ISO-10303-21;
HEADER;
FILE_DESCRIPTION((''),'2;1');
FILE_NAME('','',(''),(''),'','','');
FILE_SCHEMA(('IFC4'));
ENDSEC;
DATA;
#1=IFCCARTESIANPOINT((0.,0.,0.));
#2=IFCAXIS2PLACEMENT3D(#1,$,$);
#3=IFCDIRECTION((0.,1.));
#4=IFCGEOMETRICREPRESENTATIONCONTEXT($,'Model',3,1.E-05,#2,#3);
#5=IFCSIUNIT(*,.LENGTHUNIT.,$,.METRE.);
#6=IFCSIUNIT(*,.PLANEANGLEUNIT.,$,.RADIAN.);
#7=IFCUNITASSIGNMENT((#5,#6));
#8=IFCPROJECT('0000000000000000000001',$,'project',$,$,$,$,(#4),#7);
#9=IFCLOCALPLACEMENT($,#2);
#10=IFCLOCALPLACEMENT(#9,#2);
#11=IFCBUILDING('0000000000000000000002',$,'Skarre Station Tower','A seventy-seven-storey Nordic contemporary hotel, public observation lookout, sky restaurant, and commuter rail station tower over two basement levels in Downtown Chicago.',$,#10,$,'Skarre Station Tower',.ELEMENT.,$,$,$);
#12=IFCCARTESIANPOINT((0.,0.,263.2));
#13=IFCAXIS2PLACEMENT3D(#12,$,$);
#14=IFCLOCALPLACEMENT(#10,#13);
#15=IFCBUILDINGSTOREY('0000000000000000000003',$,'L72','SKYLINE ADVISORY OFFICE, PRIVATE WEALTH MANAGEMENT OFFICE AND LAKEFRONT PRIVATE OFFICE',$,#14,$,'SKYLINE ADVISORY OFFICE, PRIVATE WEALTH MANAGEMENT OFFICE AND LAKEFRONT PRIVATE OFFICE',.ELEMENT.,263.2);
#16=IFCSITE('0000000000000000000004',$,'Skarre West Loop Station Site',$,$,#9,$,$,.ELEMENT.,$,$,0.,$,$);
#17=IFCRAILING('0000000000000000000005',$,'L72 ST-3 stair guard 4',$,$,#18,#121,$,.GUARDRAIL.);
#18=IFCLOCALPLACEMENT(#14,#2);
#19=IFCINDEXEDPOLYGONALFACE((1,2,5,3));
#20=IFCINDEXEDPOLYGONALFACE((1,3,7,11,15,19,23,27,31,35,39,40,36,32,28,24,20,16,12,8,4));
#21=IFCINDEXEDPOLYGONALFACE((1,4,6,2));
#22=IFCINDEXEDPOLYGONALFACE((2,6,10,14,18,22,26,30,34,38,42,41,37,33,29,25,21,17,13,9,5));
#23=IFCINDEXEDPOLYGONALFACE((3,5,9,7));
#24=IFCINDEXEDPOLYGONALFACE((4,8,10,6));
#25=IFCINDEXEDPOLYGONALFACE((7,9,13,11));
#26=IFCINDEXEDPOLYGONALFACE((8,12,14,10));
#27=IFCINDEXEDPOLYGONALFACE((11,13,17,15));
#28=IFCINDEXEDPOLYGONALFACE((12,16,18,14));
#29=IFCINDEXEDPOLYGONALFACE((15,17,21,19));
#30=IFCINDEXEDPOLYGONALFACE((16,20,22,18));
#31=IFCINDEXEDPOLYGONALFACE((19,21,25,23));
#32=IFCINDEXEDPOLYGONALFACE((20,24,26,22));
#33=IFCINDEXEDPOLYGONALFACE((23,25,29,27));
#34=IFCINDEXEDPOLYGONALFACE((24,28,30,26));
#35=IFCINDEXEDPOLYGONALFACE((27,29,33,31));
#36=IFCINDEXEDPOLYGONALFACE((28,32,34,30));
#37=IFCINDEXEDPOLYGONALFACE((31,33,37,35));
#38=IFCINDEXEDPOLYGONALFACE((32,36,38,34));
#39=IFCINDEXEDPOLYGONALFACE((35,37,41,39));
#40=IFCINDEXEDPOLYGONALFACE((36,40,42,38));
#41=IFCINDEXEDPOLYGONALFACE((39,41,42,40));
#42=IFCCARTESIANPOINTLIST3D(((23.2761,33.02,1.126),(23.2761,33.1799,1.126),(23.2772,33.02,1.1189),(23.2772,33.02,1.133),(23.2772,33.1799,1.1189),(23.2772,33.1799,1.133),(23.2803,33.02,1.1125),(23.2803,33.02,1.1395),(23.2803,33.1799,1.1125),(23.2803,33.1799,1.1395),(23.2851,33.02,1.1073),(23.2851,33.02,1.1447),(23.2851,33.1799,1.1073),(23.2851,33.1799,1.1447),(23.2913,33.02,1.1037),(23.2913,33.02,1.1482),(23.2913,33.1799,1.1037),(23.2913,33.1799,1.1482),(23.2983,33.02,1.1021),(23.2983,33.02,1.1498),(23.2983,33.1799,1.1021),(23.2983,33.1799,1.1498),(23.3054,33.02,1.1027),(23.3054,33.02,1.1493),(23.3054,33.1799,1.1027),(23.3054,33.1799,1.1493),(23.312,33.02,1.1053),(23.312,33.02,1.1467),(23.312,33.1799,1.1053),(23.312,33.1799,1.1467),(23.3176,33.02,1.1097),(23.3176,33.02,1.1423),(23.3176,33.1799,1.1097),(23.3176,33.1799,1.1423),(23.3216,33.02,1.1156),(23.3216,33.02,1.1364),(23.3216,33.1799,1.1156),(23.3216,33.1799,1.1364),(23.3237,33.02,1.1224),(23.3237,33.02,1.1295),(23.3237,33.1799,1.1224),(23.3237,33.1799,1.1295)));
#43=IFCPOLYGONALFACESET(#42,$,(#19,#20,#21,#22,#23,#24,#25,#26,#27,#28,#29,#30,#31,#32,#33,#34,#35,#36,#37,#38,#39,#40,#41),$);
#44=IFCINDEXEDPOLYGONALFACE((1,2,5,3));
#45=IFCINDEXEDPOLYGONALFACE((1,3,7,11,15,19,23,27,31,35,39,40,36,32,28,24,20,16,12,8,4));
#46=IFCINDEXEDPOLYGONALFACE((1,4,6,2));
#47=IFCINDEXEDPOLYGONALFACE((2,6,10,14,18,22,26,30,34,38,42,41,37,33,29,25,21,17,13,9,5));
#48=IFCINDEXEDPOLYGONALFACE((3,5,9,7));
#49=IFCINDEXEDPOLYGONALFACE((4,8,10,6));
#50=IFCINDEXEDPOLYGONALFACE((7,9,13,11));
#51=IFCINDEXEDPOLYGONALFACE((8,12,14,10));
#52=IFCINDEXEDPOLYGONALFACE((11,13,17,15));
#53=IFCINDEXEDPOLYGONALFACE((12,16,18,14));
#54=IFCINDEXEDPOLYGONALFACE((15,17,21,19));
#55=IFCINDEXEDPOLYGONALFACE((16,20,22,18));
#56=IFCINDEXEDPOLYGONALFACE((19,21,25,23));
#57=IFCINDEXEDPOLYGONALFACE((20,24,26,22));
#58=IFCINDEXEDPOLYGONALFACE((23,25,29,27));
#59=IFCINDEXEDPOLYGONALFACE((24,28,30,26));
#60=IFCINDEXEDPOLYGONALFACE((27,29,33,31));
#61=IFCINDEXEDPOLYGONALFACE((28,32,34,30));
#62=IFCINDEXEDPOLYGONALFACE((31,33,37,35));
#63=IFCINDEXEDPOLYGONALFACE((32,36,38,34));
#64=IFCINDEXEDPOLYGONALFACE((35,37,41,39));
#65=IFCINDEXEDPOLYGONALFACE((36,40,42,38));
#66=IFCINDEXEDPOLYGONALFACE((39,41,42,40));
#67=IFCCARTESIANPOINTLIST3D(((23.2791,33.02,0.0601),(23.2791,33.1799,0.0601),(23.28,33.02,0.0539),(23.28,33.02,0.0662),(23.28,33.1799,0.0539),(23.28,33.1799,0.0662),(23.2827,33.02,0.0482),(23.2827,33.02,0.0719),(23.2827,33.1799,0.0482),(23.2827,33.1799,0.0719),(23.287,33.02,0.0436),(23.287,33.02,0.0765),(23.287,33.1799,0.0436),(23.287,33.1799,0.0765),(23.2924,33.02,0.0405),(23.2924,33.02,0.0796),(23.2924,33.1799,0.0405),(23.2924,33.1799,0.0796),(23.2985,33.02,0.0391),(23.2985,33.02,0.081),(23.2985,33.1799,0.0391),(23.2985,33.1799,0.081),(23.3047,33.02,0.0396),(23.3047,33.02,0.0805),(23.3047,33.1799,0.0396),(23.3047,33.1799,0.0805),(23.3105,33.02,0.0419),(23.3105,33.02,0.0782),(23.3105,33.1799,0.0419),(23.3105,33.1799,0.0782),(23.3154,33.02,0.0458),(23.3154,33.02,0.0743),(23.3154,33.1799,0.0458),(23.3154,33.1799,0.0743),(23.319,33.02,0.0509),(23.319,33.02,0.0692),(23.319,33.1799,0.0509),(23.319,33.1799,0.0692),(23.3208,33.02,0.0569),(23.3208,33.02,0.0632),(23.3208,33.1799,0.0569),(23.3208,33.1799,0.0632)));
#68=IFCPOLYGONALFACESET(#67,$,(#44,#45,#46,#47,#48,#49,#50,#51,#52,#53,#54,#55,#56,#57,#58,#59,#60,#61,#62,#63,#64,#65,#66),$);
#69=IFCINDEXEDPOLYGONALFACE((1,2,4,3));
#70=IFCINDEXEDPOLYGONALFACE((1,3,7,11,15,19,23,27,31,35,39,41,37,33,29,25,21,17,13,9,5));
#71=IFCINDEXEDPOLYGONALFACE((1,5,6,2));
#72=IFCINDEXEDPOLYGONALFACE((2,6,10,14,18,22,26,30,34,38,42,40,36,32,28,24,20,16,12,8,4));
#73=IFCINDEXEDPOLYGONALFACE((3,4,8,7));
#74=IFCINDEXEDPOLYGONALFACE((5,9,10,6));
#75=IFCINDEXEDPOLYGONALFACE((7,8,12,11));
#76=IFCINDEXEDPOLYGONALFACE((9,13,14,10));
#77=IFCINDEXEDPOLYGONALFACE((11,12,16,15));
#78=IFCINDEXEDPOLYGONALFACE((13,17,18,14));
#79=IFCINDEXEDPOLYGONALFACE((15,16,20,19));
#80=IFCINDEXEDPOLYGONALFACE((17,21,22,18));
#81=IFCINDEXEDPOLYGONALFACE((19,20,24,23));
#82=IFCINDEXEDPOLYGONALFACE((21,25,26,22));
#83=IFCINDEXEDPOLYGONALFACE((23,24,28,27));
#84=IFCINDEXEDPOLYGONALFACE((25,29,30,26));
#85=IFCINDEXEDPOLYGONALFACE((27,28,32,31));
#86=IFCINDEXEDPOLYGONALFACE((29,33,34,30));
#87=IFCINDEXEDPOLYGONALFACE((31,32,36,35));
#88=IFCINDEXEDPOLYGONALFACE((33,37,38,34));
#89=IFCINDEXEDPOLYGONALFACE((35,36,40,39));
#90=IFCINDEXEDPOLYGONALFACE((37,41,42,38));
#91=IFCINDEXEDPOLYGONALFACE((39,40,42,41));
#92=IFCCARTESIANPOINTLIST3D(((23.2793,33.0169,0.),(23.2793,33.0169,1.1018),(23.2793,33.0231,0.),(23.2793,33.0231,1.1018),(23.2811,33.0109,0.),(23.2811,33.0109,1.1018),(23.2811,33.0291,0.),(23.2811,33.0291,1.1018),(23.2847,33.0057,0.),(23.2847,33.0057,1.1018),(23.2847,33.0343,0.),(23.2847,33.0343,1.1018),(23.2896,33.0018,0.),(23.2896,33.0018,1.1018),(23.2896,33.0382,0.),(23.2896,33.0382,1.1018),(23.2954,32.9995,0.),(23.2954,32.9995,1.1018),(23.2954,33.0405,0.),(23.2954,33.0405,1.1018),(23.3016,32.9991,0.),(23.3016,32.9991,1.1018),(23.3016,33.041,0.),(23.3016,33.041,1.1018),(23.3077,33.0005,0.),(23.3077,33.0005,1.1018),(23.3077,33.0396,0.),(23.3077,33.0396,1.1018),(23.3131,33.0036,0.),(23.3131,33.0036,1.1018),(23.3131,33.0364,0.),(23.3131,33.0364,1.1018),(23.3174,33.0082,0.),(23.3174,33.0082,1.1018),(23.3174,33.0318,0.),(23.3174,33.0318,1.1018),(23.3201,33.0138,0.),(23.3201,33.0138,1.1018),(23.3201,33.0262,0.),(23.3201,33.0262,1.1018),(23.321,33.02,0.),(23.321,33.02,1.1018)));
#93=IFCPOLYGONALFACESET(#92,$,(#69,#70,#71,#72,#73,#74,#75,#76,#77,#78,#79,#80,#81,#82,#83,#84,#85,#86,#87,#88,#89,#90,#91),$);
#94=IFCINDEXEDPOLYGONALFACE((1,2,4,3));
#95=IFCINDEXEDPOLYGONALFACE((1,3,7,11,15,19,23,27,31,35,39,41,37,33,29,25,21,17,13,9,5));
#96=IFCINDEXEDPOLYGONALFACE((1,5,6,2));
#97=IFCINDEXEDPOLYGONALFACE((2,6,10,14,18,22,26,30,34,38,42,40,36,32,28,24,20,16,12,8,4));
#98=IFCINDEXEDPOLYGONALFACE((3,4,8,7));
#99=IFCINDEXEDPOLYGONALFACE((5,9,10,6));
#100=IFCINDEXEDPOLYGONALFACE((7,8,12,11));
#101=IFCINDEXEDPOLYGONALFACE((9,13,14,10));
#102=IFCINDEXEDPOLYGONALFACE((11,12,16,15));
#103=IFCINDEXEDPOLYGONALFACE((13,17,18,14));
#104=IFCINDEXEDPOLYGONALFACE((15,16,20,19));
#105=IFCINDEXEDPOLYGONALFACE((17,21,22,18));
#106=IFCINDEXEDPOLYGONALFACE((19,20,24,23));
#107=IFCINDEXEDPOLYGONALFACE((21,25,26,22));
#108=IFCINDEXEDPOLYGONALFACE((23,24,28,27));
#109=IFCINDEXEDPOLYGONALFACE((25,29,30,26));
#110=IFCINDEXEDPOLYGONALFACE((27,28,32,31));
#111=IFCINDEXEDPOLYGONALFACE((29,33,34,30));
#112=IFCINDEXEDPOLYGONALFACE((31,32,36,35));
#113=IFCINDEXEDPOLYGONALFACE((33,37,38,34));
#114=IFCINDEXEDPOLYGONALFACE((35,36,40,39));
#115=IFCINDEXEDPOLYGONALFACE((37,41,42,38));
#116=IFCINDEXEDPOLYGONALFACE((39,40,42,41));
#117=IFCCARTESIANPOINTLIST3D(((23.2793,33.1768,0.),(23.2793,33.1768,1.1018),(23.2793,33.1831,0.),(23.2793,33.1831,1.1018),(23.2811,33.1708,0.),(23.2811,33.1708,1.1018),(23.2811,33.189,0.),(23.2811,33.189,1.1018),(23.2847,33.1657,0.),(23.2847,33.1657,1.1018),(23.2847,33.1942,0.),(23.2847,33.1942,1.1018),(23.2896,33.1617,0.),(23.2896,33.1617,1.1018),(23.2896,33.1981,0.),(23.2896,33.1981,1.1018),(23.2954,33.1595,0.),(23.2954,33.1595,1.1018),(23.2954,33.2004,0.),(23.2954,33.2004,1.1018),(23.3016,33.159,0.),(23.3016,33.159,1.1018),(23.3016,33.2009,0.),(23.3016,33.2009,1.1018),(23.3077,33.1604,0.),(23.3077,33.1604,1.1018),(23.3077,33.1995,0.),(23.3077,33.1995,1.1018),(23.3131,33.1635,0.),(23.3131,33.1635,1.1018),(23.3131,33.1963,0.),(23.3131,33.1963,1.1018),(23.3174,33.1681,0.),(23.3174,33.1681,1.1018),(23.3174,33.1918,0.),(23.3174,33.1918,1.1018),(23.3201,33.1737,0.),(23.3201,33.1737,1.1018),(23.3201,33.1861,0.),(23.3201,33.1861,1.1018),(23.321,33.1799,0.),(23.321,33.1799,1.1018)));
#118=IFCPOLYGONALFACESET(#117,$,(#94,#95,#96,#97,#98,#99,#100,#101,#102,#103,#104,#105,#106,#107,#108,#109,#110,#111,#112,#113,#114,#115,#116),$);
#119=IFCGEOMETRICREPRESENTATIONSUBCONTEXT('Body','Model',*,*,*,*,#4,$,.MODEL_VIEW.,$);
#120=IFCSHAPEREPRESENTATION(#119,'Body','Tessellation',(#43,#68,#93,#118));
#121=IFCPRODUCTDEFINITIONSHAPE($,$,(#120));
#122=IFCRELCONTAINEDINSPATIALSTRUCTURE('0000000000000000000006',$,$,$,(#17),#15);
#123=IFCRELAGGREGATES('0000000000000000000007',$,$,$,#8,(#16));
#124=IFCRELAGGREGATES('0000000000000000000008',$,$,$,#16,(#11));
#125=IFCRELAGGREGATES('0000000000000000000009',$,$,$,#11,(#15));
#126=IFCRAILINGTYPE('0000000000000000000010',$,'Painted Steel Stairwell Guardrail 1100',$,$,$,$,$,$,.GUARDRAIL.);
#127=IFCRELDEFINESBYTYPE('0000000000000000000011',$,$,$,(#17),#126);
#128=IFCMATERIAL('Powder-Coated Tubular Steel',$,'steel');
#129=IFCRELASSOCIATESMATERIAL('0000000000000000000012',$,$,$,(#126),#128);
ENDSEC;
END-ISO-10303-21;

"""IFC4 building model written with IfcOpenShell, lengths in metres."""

from ifc_helpers import new_model, si_unit, direction, frame, origin, origin_2d, place, context, subcontext, project, spatial, circle, extrude, material, type_object, element, save


model = new_model("IFC4")

# Units and contexts
model_context = context("Model", 3, precision=1e-05, world=origin(), true_north=direction((0.0, 1.0)))
body_context = subcontext(model_context, "Body", "Model", "MODEL_VIEW")
ifc_project = project(units=[si_unit("LENGTHUNIT", "METRE"), si_unit("PLANEANGLEUNIT", "RADIAN")], contexts=[model_context])

# Site, building, storey
site_placement = place(None, origin())
site = spatial("IfcSite", under=ifc_project, at=site_placement, Name="Skarre West Loop Station Site", CompositionType="ELEMENT", RefElevation=0.0)
building_placement = place(site_placement, origin())
building = spatial("IfcBuilding", under=site, at=building_placement, Name="Skarre Station Tower", Description="A seventy-seven-storey Nordic contemporary hotel, public observation lookout, sky restaurant, and commuter rail station tower over two basement levels in Downtown Chicago.", LongName="Skarre Station Tower", CompositionType="ELEMENT")
storey_placement = place(building_placement, frame((0.0, 0.0, 263.2)))
storey = spatial("IfcBuildingStorey", under=building, at=storey_placement, Name="L72", Description="SKYLINE ADVISORY OFFICE, PRIVATE WEALTH MANAGEMENT OFFICE AND LAKEFRONT PRIVATE OFFICE", LongName="SKYLINE ADVISORY OFFICE, PRIVATE WEALTH MANAGEMENT OFFICE AND LAKEFRONT PRIVATE OFFICE", CompositionType="ELEMENT", Elevation=263.2)

# Railing
ifc_material_1 = material(Name="Powder-Coated Tubular Steel", Category="steel")
railing_type_1 = type_object("IfcRailingType", Name="Painted Steel Stairwell Guardrail 1100", PredefinedType="GUARDRAIL", material=ifc_material_1)
railing_1_placement = place(storey_placement, frame((23.3, 33.02, 0.0)))
element("IfcRailing", 1, at=railing_1_placement, inside=storey, type_object=railing_type_1, Name="L72 ST-3 stair guard 4", PredefinedType="GUARDRAIL", context=body_context, shape_type="SweptSolid", body=[
    extrude(circle(Radius=0.0239, at=origin_2d()), frame((0.0, 0.0, 1.126), z_axis=(0.0, 1.0, 0.0), x_axis=(-1.0, 0.0, 0.0)), (0.0, 0.0, 1.0), 0.1599),
    extrude(circle(Radius=0.021, at=origin_2d()), frame((0.0, 0.0, 0.0601), z_axis=(0.0, 1.0, 0.0), x_axis=(-1.0, 0.0, 0.0)), (0.0, 0.0, 1.0), 0.1599),
    extrude(circle(Radius=0.021, at=origin_2d()), origin(), (0.0, 0.0, 1.0), 1.1018),
    extrude(circle(Radius=0.021, at=origin_2d()), frame((0.0, 0.1599, 0.0)), (0.0, 0.0, 1.0), 1.1018),
])

save(model, "model.ifc")
